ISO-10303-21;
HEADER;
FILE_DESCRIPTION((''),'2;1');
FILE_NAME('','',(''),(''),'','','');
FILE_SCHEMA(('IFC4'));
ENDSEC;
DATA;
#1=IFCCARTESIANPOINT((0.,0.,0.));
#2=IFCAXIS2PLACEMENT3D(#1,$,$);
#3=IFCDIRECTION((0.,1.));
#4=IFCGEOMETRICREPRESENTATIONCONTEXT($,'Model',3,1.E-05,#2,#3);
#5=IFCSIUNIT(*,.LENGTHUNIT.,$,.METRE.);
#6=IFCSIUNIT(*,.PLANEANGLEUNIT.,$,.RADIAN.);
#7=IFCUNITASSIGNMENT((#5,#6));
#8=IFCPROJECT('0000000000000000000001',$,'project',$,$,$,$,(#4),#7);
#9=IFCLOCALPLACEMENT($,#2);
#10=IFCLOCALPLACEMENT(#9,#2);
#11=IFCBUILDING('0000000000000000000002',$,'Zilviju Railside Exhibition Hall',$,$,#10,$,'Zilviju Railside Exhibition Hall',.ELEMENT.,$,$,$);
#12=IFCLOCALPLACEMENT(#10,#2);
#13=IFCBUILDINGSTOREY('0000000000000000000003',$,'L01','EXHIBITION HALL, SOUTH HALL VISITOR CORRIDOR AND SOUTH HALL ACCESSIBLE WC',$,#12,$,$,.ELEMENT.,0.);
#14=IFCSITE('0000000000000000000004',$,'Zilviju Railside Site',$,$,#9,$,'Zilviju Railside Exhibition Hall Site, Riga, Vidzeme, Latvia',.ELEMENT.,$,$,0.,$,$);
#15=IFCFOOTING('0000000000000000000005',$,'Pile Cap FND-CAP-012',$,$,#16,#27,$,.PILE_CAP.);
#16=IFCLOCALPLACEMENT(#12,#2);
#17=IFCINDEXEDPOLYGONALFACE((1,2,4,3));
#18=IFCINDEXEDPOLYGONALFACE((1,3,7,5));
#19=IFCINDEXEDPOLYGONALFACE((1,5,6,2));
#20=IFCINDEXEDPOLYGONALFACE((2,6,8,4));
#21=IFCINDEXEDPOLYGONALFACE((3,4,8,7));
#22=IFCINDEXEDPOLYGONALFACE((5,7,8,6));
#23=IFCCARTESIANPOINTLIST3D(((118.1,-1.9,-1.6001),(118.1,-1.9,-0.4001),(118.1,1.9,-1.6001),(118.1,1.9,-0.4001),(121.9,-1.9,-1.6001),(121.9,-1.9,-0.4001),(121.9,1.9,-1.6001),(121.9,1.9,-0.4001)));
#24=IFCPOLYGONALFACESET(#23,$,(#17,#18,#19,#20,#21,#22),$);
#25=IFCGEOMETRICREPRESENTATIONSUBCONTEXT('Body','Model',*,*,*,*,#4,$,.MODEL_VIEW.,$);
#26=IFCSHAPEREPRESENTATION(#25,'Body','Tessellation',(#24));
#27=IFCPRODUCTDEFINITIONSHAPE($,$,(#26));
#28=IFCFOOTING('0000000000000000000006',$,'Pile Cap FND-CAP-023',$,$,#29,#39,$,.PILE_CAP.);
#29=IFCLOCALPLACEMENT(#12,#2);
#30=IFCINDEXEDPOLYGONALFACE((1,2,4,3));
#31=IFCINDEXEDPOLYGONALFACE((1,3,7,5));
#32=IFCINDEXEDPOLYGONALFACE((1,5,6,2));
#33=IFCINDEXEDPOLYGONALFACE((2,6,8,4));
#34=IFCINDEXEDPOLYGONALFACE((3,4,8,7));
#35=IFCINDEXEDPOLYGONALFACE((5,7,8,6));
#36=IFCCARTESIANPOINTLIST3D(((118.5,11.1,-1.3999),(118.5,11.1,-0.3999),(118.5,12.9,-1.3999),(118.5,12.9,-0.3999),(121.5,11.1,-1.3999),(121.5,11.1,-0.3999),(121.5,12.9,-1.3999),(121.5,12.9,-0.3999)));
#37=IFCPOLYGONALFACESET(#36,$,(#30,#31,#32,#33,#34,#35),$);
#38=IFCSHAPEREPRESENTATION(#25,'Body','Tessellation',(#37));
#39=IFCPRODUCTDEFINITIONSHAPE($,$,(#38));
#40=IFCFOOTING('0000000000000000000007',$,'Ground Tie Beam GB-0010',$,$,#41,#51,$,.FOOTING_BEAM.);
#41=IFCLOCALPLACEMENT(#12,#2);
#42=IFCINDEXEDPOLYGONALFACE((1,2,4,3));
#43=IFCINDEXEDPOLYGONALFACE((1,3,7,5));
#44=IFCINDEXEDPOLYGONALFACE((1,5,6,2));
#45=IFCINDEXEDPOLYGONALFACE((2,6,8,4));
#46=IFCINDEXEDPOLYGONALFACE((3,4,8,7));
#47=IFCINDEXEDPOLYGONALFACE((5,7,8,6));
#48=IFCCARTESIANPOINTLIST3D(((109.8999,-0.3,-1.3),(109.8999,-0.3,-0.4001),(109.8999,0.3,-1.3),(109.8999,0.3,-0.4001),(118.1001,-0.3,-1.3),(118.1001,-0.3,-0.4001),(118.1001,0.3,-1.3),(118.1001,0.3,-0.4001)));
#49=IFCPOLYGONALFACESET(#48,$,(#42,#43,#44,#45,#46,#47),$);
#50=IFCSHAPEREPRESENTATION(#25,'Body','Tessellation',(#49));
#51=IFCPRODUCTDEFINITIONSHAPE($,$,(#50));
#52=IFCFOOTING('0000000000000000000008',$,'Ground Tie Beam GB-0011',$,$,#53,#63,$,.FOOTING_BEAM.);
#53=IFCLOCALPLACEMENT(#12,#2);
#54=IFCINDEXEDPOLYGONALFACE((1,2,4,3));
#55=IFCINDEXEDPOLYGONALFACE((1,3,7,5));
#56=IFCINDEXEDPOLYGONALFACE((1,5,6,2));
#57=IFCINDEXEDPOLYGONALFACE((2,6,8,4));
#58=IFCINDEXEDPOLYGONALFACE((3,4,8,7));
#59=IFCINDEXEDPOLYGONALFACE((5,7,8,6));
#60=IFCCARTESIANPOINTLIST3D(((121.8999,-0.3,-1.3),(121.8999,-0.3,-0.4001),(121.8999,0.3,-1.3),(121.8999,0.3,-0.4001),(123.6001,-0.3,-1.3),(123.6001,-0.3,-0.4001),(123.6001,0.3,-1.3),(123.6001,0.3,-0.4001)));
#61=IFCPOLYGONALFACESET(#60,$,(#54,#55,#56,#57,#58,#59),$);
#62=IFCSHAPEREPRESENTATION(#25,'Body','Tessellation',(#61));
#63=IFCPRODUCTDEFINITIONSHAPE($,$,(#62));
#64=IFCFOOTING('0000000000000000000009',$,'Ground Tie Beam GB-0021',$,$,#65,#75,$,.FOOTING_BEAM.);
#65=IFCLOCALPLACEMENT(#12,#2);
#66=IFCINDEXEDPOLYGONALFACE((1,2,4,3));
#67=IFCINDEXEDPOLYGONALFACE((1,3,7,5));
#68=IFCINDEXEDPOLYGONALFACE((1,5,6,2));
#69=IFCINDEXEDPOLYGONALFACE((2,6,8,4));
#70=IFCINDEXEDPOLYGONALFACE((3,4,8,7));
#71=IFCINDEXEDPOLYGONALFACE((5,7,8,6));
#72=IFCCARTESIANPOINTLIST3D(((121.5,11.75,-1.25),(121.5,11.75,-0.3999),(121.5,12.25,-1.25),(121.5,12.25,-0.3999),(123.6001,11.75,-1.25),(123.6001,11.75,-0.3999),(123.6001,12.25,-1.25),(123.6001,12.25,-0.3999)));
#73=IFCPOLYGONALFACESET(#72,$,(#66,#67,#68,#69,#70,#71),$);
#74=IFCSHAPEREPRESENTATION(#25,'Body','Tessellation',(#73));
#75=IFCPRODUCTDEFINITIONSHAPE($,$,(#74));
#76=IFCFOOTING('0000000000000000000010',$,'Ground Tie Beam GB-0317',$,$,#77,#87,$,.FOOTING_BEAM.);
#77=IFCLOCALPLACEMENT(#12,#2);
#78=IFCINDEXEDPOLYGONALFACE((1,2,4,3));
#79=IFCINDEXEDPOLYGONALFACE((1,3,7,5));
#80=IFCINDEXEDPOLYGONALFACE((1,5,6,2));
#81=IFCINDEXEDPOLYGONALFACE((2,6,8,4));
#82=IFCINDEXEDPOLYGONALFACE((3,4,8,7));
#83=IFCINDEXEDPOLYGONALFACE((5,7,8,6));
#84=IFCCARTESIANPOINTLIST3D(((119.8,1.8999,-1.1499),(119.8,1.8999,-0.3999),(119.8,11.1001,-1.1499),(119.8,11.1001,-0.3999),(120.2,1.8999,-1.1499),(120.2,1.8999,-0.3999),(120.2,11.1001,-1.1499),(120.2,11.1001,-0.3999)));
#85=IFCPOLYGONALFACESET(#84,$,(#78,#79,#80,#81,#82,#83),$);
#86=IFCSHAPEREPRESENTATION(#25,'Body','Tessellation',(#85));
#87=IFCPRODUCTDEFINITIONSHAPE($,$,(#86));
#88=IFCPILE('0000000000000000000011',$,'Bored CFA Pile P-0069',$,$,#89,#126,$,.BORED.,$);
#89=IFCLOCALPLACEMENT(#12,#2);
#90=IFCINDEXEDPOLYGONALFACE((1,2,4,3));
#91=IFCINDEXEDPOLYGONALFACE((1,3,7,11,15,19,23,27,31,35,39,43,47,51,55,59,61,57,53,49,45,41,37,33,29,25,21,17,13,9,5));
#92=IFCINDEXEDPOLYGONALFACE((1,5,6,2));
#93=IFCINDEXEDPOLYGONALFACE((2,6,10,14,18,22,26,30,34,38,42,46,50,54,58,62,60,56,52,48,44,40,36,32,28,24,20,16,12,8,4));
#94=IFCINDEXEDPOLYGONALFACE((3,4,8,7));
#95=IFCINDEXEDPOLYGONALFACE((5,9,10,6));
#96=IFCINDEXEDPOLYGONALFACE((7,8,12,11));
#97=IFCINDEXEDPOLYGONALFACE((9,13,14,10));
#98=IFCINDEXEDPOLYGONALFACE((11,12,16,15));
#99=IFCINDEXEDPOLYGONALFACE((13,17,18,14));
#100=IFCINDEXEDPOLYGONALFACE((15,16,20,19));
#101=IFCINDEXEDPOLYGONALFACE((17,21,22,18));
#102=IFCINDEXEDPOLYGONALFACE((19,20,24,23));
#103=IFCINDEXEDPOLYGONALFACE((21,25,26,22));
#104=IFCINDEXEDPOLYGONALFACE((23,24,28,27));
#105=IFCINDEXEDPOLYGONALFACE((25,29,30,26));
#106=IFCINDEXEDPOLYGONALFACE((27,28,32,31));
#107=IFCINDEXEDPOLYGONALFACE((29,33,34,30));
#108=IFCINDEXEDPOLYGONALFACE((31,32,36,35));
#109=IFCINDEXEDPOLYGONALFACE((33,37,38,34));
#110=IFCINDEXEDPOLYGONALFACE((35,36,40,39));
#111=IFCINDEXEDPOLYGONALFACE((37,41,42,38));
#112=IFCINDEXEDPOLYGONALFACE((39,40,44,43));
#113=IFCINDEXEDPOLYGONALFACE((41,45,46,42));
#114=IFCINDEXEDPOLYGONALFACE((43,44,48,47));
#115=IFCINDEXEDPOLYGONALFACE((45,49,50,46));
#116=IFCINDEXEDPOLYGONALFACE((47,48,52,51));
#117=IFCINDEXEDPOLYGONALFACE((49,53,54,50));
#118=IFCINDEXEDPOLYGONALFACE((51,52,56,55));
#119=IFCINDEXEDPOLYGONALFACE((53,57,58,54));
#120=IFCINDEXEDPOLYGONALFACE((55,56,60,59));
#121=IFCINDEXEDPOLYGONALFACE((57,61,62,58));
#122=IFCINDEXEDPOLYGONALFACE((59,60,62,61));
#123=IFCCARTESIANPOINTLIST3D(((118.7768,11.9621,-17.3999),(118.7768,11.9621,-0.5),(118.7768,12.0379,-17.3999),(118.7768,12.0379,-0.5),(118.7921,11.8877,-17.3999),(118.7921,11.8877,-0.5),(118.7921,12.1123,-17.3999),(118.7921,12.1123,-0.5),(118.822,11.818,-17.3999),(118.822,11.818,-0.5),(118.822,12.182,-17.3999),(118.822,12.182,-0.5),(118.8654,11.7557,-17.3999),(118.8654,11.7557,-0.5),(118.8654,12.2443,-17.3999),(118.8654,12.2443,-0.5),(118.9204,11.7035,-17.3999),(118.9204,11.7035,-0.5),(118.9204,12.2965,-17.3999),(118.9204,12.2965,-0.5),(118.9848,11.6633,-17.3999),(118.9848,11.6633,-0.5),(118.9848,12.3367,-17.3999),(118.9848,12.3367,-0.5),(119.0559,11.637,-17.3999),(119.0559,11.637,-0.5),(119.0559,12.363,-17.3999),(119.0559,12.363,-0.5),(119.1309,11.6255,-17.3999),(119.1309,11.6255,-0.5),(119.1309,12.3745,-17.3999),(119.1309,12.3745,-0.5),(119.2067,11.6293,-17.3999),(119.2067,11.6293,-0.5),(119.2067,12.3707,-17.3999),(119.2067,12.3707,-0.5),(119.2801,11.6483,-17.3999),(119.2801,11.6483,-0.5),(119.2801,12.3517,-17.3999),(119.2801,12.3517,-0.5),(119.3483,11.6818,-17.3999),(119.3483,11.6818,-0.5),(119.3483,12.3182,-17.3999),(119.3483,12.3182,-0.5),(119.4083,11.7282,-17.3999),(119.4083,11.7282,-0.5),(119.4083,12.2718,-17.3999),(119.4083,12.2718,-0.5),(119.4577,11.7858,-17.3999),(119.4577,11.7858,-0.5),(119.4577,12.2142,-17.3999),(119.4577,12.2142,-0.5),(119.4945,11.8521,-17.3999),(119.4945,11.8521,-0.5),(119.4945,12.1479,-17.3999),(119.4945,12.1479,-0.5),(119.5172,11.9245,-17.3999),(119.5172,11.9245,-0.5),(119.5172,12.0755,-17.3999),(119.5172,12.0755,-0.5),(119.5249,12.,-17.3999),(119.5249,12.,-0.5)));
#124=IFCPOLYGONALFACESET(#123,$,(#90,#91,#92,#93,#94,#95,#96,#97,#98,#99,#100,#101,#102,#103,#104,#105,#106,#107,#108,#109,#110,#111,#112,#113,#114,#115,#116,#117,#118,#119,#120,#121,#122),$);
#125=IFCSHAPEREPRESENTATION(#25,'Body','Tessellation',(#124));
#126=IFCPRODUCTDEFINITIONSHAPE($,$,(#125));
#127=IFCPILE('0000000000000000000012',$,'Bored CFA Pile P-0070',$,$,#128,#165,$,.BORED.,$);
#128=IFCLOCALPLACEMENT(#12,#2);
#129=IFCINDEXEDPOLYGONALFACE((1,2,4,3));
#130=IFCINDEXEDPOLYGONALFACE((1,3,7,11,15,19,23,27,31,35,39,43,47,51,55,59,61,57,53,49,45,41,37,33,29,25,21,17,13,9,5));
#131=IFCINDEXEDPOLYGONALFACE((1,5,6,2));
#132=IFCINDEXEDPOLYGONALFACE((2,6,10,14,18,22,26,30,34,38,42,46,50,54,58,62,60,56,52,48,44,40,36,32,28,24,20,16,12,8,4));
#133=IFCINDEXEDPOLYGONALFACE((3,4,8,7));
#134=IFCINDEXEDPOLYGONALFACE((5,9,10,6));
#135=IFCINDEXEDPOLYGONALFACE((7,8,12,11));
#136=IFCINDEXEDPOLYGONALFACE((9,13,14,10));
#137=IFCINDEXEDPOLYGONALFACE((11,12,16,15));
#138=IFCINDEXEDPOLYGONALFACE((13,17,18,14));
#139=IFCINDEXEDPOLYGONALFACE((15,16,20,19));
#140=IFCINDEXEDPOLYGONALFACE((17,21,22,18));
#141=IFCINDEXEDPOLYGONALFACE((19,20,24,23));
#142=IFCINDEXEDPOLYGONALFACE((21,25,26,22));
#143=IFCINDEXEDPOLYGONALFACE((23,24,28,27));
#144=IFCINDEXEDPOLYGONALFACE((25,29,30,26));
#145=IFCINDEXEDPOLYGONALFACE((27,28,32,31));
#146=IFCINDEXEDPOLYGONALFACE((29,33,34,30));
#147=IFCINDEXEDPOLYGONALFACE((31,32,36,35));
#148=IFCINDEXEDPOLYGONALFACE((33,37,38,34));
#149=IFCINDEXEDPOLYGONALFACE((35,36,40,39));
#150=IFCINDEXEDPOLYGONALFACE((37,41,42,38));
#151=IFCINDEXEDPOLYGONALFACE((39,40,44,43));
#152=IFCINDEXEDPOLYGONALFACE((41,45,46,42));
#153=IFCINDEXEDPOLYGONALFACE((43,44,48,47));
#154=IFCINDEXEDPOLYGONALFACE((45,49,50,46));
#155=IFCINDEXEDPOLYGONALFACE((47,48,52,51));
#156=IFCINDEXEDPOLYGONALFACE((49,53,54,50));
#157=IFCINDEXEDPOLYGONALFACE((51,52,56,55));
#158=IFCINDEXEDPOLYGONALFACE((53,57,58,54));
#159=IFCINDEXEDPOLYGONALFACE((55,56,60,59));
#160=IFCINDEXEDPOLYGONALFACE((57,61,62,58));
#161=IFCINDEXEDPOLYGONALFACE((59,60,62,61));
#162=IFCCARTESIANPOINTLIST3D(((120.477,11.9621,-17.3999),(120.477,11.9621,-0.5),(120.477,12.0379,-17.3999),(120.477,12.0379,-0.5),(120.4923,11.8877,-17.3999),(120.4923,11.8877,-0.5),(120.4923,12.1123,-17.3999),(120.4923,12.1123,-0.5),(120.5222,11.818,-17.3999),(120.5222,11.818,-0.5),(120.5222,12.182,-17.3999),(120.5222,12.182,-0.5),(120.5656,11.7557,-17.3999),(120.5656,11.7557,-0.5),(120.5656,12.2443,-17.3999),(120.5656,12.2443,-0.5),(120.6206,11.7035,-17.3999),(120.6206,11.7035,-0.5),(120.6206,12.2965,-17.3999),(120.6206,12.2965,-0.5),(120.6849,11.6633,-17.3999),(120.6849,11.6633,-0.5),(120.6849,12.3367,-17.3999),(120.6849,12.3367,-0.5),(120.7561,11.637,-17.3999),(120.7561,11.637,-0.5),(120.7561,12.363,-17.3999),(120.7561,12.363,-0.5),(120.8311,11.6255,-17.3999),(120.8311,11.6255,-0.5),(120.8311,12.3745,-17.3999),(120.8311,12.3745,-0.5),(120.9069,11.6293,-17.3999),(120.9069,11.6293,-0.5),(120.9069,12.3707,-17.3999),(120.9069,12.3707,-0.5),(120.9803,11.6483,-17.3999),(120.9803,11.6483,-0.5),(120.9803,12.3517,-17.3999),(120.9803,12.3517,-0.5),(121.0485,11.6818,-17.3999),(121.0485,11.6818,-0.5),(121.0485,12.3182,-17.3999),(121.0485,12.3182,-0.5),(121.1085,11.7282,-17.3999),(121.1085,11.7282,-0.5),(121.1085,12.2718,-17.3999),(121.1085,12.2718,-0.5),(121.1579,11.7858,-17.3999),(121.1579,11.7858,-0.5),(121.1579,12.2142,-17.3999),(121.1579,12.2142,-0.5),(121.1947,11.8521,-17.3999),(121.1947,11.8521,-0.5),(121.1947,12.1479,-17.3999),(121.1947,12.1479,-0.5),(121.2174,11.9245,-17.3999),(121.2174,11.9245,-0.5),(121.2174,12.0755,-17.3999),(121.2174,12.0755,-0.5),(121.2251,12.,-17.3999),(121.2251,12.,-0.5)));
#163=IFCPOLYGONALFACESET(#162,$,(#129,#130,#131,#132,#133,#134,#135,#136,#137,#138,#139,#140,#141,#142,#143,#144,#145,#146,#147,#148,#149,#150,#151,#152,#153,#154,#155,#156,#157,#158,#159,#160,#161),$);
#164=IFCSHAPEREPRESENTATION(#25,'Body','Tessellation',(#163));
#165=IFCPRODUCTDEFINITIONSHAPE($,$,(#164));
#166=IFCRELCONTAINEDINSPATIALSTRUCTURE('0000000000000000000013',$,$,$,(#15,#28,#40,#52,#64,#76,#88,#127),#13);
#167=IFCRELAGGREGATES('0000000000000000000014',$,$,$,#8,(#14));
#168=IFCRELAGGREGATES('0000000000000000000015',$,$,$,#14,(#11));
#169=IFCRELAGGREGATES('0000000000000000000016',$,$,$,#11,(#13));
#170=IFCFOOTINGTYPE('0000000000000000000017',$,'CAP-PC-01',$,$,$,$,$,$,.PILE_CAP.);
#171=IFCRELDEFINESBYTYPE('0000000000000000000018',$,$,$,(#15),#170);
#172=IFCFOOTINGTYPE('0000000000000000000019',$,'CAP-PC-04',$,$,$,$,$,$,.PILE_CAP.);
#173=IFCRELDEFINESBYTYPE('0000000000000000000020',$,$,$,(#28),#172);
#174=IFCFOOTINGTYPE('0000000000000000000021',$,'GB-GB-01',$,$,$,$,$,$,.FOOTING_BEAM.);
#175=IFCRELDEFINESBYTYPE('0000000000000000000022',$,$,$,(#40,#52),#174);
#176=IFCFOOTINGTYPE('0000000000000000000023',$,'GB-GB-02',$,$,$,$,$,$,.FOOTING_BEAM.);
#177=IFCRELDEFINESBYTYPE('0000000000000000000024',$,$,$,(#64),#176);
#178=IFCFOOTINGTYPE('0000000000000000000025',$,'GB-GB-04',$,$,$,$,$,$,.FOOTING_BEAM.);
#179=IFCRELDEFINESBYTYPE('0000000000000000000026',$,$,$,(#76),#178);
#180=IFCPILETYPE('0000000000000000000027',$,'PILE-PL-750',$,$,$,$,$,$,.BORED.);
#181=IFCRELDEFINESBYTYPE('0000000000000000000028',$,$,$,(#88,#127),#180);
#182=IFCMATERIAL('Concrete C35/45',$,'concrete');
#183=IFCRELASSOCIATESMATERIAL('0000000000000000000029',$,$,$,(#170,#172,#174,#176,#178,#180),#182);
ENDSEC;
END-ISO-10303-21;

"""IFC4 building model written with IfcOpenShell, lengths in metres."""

from ifc_helpers import new_model, si_unit, direction, frame, origin, origin_2d, place, context, subcontext, project, spatial, rectangle, circle, extrude, material, material_profile, profile_set, type_object, element, save


model = new_model("IFC4")

# Units and contexts
model_context = context("Model", 3, precision=1e-05, world=origin(), true_north=direction((0.0, 1.0)))
body_context = subcontext(model_context, "Body", "Model", "MODEL_VIEW")
ifc_project = project(units=[si_unit("LENGTHUNIT", "METRE"), si_unit("PLANEANGLEUNIT", "RADIAN")], contexts=[model_context])

# Site, building, storey
site_placement = place(None, origin())
site = spatial("IfcSite", under=ifc_project, at=site_placement, Name="Zilviju Railside Site", LongName="Zilviju Railside Exhibition Hall Site, Riga, Vidzeme, Latvia", CompositionType="ELEMENT", RefElevation=0.0)
building_placement = place(site_placement, origin())
building = spatial("IfcBuilding", under=site, at=building_placement, Name="Zilviju Railside Exhibition Hall", LongName="Zilviju Railside Exhibition Hall", CompositionType="ELEMENT")
storey_placement = place(building_placement, origin())
storey = spatial("IfcBuildingStorey", under=building, at=storey_placement, Name="L01", Description="EXHIBITION HALL, SOUTH HALL VISITOR CORRIDOR AND SOUTH HALL ACCESSIBLE WC", CompositionType="ELEMENT", Elevation=0.0)

# Footings
ifc_material_1 = material(Name="Concrete C35/45", Category="concrete")
footing_type_1 = type_object("IfcFootingType", Name="CAP-PC-01", PredefinedType="PILE_CAP", material=ifc_material_1)
footing_1_placement = place(storey_placement, frame((120.0, 0.0, -1.6001), z_axis=(0.0, 0.0, 1.0), x_axis=(1.0, 0.0, 0.0)))
element("IfcFooting", 1, at=footing_1_placement, inside=storey, type_object=footing_type_1, Name="Pile Cap FND-CAP-012", PredefinedType="PILE_CAP", context=body_context, shape_type="SweptSolid", body=[
    extrude(rectangle(XDim=3.8, YDim=3.8, at=origin_2d()), origin(), (0.0, 0.0, 1.0), 1.2),
])
footing_type_2 = type_object("IfcFootingType", Name="CAP-PC-04", PredefinedType="PILE_CAP", material=ifc_material_1)
footing_2_placement = place(storey_placement, frame((120.0, 12.0, -1.3999), z_axis=(0.0, 0.0, 1.0), x_axis=(1.0, 0.0, 0.0)))
element("IfcFooting", 2, at=footing_2_placement, inside=storey, type_object=footing_type_2, Name="Pile Cap FND-CAP-023", PredefinedType="PILE_CAP", context=body_context, shape_type="SweptSolid", body=[
    extrude(rectangle(XDim=3.0, YDim=1.8, at=origin_2d()), origin(), (0.0, 0.0, 1.0), 1.0),
])
ifc_material_profile_1 = material_profile(ifc_material_1, rectangle(XDim=0.6001, YDim=0.8999, at=origin_2d()), Name="TIE BEAM 600x900")
ifc_profile_set_1 = profile_set([ifc_material_profile_1], Name="Concrete C35/45")
footing_type_3 = type_object("IfcFootingType", Name="GB-GB-01", PredefinedType="FOOTING_BEAM", material=ifc_profile_set_1)
footing_3_placement = place(storey_placement, frame((109.8999, 0.0, -0.8501), z_axis=(1.0, 0.0, 0.0), x_axis=(0.0, 1.0, 0.0)))
element("IfcFooting", 3, at=footing_3_placement, inside=storey, type_object=footing_type_3, Name="Ground Tie Beam GB-0010", PredefinedType="FOOTING_BEAM", context=body_context, shape_type="SweptSolid", body=[
    extrude(rectangle(XDim=0.6001, YDim=0.8999, at=origin_2d()), origin(), (0.0, 0.0, 1.0), 8.2002),
])
footing_4_placement = place(storey_placement, frame((121.8999, 0.0, -0.8501), z_axis=(1.0, 0.0, 0.0), x_axis=(0.0, 1.0, 0.0)))
element("IfcFooting", 4, at=footing_4_placement, inside=storey, type_object=footing_type_3, Name="Ground Tie Beam GB-0011", PredefinedType="FOOTING_BEAM", context=body_context, shape_type="SweptSolid", body=[
    extrude(rectangle(XDim=0.6001, YDim=0.8999, at=origin_2d()), origin(), (0.0, 0.0, 1.0), 1.7002),
])
ifc_material_profile_2 = material_profile(ifc_material_1, rectangle(XDim=0.5, YDim=0.8501, at=origin_2d()), Name="TIE BEAM 500x850")
ifc_profile_set_2 = profile_set([ifc_material_profile_2], Name="Concrete C35/45")
footing_type_4 = type_object("IfcFootingType", Name="GB-GB-02", PredefinedType="FOOTING_BEAM", material=ifc_profile_set_2)
footing_5_placement = place(storey_placement, frame((121.5, 12.0, -0.825), z_axis=(1.0, 0.0, 0.0), x_axis=(0.0, 1.0, 0.0)))
element("IfcFooting", 5, at=footing_5_placement, inside=storey, type_object=footing_type_4, Name="Ground Tie Beam GB-0021", PredefinedType="FOOTING_BEAM", context=body_context, shape_type="SweptSolid", body=[
    extrude(rectangle(XDim=0.5, YDim=0.8501, at=origin_2d()), origin(), (0.0, 0.0, 1.0), 2.1001),
])
ifc_material_profile_3 = material_profile(ifc_material_1, rectangle(XDim=0.3999, YDim=0.75, at=origin_2d()), Name="TIE BEAM 400x750")
ifc_profile_set_3 = profile_set([ifc_material_profile_3], Name="Concrete C35/45")
footing_type_5 = type_object("IfcFootingType", Name="GB-GB-04", PredefinedType="FOOTING_BEAM", material=ifc_profile_set_3)
footing_6_placement = place(storey_placement, frame((120.0, 1.8999, -0.7749), z_axis=(0.0, 1.0, 0.0), x_axis=(-1.0, 0.0, 0.0)))
element("IfcFooting", 6, at=footing_6_placement, inside=storey, type_object=footing_type_5, Name="Ground Tie Beam GB-0317", PredefinedType="FOOTING_BEAM", context=body_context, shape_type="SweptSolid", body=[
    extrude(rectangle(XDim=0.3999, YDim=0.75, at=origin_2d()), origin(), (0.0, 0.0, 1.0), 9.2002),
])

# Piles
ifc_material_profile_4 = material_profile(ifc_material_1, circle(Radius=0.375, at=origin_2d()), Name="CFA PILE D750")
ifc_profile_set_4 = profile_set([ifc_material_profile_4], Name="Concrete C35/45")
pile_type_1 = type_object("IfcPileType", Name="PILE-PL-750", PredefinedType="BORED", material=ifc_profile_set_4)
for number, where, z_axis, x_axis, name in (
    (7, (119.1499, 12.0, -0.5), (0.0, 0.0, -1.0), (1.0, 0.0, 0.0), "Bored CFA Pile P-0069"),
    (8, (120.8501, 12.0, -0.5), (0.0, 0.0, -1.0), (1.0, 0.0, 0.0), "Bored CFA Pile P-0070"),
):
    element("IfcPile", number, at=place(storey_placement, frame(where, z_axis=z_axis, x_axis=x_axis)), inside=storey, type_object=pile_type_1, Name=name, PredefinedType="BORED", context=body_context, shape_type="SweptSolid", body=[
        extrude(circle(Radius=0.375, at=origin_2d()), origin(), (0.0, 0.0, 1.0), 16.8999),
    ])

save(model, "model.ifc")
